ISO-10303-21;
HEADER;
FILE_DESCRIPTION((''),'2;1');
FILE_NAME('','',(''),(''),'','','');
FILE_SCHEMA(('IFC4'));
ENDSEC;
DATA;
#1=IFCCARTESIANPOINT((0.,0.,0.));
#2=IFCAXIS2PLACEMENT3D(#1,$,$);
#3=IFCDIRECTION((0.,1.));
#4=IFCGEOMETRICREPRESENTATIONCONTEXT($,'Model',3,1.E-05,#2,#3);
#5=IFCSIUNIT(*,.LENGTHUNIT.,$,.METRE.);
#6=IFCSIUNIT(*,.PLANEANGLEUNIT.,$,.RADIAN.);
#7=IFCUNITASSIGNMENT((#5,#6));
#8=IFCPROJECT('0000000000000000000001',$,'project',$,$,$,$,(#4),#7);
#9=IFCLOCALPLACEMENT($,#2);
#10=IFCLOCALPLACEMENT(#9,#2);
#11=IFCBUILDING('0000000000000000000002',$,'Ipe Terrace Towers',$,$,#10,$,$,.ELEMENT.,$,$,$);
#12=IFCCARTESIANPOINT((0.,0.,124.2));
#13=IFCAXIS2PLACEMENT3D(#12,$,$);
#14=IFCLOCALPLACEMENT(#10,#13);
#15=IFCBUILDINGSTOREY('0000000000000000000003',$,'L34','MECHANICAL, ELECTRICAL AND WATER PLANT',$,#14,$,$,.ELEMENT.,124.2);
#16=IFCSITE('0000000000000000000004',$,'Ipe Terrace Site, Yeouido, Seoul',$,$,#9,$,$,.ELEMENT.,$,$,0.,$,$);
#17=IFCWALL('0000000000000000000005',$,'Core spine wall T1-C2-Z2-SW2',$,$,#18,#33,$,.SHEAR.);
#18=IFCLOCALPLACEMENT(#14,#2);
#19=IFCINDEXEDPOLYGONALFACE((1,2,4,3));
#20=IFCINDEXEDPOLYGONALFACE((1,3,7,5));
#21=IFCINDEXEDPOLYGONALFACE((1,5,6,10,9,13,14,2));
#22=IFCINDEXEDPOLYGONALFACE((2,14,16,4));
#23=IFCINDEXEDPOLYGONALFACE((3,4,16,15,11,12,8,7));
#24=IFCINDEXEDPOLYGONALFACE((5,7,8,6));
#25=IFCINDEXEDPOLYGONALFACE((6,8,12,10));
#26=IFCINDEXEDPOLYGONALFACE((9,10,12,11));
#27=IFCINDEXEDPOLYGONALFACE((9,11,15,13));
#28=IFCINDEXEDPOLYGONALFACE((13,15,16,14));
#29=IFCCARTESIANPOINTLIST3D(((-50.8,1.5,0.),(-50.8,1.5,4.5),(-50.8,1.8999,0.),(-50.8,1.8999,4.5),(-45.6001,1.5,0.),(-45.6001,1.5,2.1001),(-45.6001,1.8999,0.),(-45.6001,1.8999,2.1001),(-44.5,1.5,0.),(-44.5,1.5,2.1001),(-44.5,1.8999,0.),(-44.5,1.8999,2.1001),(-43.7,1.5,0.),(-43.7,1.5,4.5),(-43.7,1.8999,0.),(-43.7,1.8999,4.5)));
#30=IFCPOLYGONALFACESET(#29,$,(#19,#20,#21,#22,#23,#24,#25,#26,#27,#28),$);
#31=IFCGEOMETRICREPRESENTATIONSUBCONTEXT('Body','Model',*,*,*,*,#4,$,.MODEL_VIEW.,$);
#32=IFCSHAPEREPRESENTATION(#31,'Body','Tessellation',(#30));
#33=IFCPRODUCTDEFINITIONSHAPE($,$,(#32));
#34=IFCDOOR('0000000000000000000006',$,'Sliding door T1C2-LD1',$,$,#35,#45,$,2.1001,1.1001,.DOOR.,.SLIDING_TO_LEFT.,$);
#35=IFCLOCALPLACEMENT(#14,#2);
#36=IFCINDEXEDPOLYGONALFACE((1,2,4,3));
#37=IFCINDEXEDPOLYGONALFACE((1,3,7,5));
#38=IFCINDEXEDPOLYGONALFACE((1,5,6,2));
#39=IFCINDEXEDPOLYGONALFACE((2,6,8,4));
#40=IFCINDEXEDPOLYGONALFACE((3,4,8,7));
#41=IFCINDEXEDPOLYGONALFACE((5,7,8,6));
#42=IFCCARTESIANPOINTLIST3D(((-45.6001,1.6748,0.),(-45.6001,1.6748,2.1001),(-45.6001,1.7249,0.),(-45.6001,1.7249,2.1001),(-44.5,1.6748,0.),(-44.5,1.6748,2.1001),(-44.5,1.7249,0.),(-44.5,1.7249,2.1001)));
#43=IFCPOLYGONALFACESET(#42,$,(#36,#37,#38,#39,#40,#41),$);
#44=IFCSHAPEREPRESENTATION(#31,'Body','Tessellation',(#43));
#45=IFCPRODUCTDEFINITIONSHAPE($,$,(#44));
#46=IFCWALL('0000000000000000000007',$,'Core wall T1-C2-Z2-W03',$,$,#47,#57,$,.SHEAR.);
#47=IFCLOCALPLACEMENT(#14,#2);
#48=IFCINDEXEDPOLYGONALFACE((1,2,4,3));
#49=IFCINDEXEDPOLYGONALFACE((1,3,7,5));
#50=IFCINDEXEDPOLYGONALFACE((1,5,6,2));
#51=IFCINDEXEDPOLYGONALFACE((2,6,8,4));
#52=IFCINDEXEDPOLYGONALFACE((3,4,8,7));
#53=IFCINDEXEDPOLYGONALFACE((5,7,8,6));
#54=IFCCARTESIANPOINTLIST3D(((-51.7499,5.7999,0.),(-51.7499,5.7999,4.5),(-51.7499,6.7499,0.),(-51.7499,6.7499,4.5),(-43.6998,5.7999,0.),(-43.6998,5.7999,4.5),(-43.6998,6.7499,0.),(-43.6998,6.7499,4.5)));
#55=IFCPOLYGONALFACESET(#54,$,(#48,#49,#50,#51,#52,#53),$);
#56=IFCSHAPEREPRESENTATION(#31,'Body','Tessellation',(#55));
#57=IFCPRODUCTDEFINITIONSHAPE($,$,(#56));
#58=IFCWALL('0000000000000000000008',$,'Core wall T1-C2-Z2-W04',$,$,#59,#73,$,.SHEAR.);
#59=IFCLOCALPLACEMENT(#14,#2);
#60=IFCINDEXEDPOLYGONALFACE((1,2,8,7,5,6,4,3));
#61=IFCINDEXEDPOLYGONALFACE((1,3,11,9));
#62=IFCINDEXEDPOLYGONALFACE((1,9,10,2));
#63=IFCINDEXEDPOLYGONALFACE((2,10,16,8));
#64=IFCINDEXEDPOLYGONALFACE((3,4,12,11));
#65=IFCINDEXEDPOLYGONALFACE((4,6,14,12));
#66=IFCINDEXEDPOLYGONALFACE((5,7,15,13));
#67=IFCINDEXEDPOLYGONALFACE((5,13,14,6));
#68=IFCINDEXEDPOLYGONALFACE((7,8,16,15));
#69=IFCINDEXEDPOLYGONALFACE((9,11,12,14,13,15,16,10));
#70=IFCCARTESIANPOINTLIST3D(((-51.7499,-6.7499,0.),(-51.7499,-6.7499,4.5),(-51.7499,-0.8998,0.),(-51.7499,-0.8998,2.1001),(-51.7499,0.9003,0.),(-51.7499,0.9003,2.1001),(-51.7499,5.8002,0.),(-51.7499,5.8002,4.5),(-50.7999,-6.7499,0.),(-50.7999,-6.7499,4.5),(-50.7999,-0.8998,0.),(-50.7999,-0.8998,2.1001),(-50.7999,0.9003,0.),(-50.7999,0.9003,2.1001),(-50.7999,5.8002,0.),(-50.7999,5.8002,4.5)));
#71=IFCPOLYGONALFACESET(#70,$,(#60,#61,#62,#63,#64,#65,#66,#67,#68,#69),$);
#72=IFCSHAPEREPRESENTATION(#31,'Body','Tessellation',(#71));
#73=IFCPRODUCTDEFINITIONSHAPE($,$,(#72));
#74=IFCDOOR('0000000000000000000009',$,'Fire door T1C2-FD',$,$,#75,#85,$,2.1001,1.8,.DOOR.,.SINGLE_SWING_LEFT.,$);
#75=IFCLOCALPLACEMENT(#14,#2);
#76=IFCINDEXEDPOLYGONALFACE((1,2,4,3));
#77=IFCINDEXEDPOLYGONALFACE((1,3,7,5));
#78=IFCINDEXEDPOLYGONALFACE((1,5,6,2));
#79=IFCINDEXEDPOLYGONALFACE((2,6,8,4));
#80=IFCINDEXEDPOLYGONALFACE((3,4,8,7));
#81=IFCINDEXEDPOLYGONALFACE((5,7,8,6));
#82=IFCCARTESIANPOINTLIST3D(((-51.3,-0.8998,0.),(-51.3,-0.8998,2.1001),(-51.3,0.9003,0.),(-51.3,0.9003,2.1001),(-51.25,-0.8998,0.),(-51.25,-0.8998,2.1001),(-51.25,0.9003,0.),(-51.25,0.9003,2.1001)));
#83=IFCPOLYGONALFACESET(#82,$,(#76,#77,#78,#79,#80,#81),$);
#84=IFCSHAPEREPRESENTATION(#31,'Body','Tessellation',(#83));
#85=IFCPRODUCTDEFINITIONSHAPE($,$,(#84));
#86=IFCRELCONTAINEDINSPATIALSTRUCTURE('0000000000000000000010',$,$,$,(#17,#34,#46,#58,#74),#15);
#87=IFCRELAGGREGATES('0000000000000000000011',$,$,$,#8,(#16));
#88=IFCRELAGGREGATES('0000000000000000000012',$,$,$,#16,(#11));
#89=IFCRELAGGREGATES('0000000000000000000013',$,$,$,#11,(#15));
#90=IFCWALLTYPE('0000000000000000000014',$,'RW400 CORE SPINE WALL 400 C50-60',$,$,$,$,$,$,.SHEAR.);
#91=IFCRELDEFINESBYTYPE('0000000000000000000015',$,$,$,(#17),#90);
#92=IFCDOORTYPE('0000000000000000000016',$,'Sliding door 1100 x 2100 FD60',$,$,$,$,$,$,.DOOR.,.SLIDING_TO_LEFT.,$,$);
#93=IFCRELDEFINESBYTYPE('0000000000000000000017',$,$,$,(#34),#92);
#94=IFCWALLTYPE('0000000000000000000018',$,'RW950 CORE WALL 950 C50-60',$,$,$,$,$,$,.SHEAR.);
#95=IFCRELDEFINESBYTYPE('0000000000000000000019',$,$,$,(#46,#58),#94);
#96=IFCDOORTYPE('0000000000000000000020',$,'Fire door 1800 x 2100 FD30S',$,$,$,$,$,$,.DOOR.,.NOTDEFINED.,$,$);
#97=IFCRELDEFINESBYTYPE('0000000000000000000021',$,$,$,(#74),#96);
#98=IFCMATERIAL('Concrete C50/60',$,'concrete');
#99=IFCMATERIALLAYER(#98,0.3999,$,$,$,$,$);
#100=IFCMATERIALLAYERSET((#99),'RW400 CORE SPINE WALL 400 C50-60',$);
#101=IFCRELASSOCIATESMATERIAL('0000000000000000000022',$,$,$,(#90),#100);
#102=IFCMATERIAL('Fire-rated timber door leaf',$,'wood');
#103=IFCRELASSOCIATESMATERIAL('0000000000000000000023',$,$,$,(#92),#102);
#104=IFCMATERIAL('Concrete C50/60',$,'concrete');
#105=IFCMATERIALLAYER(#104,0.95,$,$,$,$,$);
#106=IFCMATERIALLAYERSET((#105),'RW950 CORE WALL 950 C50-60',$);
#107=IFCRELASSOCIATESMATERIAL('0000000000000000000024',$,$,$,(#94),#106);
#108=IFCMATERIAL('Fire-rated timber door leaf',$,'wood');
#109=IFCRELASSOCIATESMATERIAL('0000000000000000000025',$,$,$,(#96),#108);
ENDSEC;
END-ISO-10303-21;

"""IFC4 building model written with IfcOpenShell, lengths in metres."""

from ifc_helpers import new_model, si_unit, direction, frame, frame_2d, origin, place, context, subcontext, project, spatial, rectangle, extrude, material, layer, layer_set, type_object, element, fill, save


model = new_model("IFC4")

# Units and contexts
model_context = context("Model", 3, precision=1e-05, world=origin(), true_north=direction((0.0, 1.0)))
body_context = subcontext(model_context, "Body", "Model", "MODEL_VIEW")
ifc_project = project(units=[si_unit("LENGTHUNIT", "METRE"), si_unit("PLANEANGLEUNIT", "RADIAN")], contexts=[model_context])

# Site, building, storey
site_placement = place(None, origin())
site = spatial("IfcSite", under=ifc_project, at=site_placement, Name="Ipe Terrace Site, Yeouido, Seoul", CompositionType="ELEMENT", RefElevation=0.0)
building_placement = place(site_placement, origin())
building = spatial("IfcBuilding", under=site, at=building_placement, Name="Ipe Terrace Towers", CompositionType="ELEMENT")
storey_placement = place(building_placement, frame((0.0, 0.0, 124.2)))
storey = spatial("IfcBuildingStorey", under=building, at=storey_placement, Name="L34", Description="MECHANICAL, ELECTRICAL AND WATER PLANT", CompositionType="ELEMENT", Elevation=124.2)

# Wall, opening, door
ifc_material_1 = material(Name="Concrete C50/60", Category="concrete")
ifc_layer_1 = layer(ifc_material_1, 0.3999)
ifc_layer_set_1 = layer_set([ifc_layer_1], Name="RW400 CORE SPINE WALL 400 C50-60")
wall_type_1 = type_object("IfcWallType", Name="RW400 CORE SPINE WALL 400 C50-60", PredefinedType="SHEAR", material=ifc_layer_set_1)
wall_1_placement = place(storey_placement, frame((-50.8, 1.7, 0.0), z_axis=(0.0, 0.0, 1.0), x_axis=(1.0, 0.0, 0.0)))
wall_1 = element("IfcWall", 1, at=wall_1_placement, inside=storey, type_object=wall_type_1, Name="Core spine wall T1-C2-Z2-SW2", PredefinedType="SHEAR", context=body_context, shape_type="SweptSolid", body=[
    extrude(rectangle(XDim=7.1001, YDim=0.3999, at=frame_2d((3.55, 0.0))), origin(), (0.0, 0.0, 1.0), 4.5),
])
opening_1_placement = place(wall_1_placement, frame((5.2, 0.0, 0.0)))
opening_1 = element("IfcOpeningElement", 2, at=opening_1_placement, cuts=wall_1, PredefinedType="OPENING", context=body_context, shape_type="SweptSolid", body=[
    extrude(rectangle(XDim=1.1001, YDim=2.1001, at=frame_2d((0.55, 1.05))), frame((0.0, 0.21, 0.0), z_axis=(0.0, -1.0, 0.0), x_axis=(1.0, 0.0, 0.0)), (0.0, 0.0, 1.0), 0.4199),
])
ifc_material_2 = material(Name="Fire-rated timber door leaf", Category="wood")
door_type_1 = type_object("IfcDoorType", Name="Sliding door 1100 x 2100 FD60", OperationType="SLIDING_TO_LEFT", PredefinedType="DOOR", material=ifc_material_2)
door_1_placement = place(opening_1_placement, origin())
door_1 = element("IfcDoor", 3, at=door_1_placement, inside=storey, type_object=door_type_1, Name="Sliding door T1C2-LD1", OperationType="SLIDING_TO_LEFT", OverallHeight=2.1001, OverallWidth=1.1001, PredefinedType="DOOR", context=body_context, shape_type="SweptSolid", body=[
    extrude(rectangle(XDim=1.1001, YDim=2.1001, at=frame_2d((0.55, 1.05))), frame((0.0, 0.0249, 0.0), z_axis=(0.0, -1.0, 0.0), x_axis=(1.0, 0.0, 0.0)), (0.0, 0.0, 1.0), 0.05),
])
fill(opening_1, door_1)

# Wall
ifc_material_3 = material(Name="Concrete C50/60", Category="concrete")
ifc_layer_2 = layer(ifc_material_3, 0.95)
ifc_layer_set_2 = layer_set([ifc_layer_2], Name="RW950 CORE WALL 950 C50-60")
wall_type_2 = type_object("IfcWallType", Name="RW950 CORE WALL 950 C50-60", PredefinedType="SHEAR", material=ifc_layer_set_2)
wall_2_placement = place(storey_placement, frame((-43.7, 6.2749, 0.0), z_axis=(0.0, 0.0, 1.0), x_axis=(-1.0, 0.0, 0.0)))
element("IfcWall", 4, at=wall_2_placement, inside=storey, type_object=wall_type_2, Name="Core wall T1-C2-Z2-W03", PredefinedType="SHEAR", context=body_context, shape_type="SweptSolid", body=[
    extrude(rectangle(XDim=8.05, YDim=0.95, at=frame_2d((4.0249, 0.0))), origin(), (0.0, 0.0, 1.0), 4.5),
])

# Wall, opening, door
wall_3_placement = place(storey_placement, frame((-51.2749, 5.8, 0.0), z_axis=(0.0, 0.0, 1.0), x_axis=(0.0, -1.0, 0.0)))
wall_3 = element("IfcWall", 5, at=wall_3_placement, inside=storey, type_object=wall_type_2, Name="Core wall T1-C2-Z2-W04", PredefinedType="SHEAR", context=body_context, shape_type="SweptSolid", body=[
    extrude(rectangle(XDim=12.55, YDim=0.95, at=frame_2d((6.2749, 0.0))), origin(), (0.0, 0.0, 1.0), 4.5),
])
opening_2_placement = place(wall_3_placement, frame((4.8999, 0.0, 0.0)))
opening_2 = element("IfcOpeningElement", 6, at=opening_2_placement, cuts=wall_3, PredefinedType="OPENING", context=body_context, shape_type="SweptSolid", body=[
    extrude(rectangle(XDim=1.8, YDim=2.1001, at=frame_2d((0.8999, 1.05))), frame((0.0, 0.4849, 0.0), z_axis=(0.0, -1.0, 0.0), x_axis=(1.0, 0.0, 0.0)), (0.0, 0.0, 1.0), 0.97),
])
ifc_material_4 = material(Name="Fire-rated timber door leaf", Category="wood")
door_type_2 = type_object("IfcDoorType", Name="Fire door 1800 x 2100 FD30S", OperationType="NOTDEFINED", PredefinedType="DOOR", material=ifc_material_4)
door_2_placement = place(opening_2_placement, origin())
door_2 = element("IfcDoor", 7, at=door_2_placement, inside=storey, type_object=door_type_2, Name="Fire door T1C2-FD", OperationType="SINGLE_SWING_LEFT", OverallHeight=2.1001, OverallWidth=1.8, PredefinedType="DOOR", context=body_context, shape_type="SweptSolid", body=[
    extrude(rectangle(XDim=1.8, YDim=2.1001, at=frame_2d((0.8999, 1.05))), frame((0.0, 0.0249, 0.0), z_axis=(0.0, -1.0, 0.0), x_axis=(1.0, 0.0, 0.0)), (0.0, 0.0, 1.0), 0.05),
])
fill(opening_2, door_2)

save(model, "model.ifc")
